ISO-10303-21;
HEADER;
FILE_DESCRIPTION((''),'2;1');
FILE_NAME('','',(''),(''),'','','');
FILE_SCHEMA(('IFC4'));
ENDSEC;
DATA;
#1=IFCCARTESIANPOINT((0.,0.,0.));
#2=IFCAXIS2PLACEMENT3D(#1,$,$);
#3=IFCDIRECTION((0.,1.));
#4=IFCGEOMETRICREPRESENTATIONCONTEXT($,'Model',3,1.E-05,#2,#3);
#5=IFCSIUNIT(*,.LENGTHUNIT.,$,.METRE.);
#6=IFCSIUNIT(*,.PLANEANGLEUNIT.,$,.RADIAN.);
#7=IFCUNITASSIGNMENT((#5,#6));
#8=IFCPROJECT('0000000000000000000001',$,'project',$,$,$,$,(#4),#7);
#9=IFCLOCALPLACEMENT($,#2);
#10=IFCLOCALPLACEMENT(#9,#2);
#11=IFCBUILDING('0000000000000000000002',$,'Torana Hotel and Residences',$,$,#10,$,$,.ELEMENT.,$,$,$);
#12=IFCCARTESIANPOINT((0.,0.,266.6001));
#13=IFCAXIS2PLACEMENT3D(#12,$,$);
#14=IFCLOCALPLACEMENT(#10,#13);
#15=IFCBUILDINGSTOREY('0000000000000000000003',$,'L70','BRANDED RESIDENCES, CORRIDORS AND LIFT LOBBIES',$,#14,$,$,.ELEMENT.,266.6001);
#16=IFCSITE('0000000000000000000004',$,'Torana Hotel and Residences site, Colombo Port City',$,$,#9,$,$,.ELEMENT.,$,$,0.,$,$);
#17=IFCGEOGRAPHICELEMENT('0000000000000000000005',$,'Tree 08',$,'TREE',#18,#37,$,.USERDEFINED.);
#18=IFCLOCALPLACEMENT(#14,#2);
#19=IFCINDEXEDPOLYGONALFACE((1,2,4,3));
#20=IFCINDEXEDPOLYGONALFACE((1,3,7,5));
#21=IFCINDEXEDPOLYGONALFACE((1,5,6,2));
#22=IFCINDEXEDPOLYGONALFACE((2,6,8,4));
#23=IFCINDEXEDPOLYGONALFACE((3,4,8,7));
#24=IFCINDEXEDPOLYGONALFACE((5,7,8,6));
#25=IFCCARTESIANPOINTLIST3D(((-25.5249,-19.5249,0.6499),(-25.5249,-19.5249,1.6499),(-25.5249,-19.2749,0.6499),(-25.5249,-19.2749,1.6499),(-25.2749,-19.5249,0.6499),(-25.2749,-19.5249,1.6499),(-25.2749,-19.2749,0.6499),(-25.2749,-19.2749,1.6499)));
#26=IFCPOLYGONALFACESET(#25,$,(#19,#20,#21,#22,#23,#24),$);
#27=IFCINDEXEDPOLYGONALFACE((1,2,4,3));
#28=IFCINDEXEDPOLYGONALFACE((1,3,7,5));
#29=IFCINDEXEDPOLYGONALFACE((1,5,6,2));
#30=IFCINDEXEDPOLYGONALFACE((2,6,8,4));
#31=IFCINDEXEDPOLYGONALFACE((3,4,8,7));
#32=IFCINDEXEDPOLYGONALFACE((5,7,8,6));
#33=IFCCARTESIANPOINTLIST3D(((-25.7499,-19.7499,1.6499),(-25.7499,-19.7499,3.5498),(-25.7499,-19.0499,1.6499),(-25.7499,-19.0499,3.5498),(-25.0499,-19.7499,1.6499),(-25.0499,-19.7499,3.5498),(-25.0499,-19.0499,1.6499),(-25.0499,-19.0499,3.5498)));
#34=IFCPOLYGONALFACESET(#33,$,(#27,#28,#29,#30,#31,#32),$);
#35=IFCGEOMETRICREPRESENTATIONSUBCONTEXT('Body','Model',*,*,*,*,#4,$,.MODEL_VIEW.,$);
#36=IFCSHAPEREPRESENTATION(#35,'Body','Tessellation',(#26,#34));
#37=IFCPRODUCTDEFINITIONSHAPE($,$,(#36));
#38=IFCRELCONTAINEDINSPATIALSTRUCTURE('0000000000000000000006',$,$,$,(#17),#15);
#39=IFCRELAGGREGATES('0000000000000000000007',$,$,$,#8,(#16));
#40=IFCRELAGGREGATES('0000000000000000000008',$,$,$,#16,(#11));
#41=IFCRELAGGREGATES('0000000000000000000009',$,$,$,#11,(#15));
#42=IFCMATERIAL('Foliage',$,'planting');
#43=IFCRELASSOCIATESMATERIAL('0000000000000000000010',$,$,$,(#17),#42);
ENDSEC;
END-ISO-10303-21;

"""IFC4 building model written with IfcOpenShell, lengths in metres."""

from ifc_helpers import new_model, si_unit, direction, frame, origin, origin_2d, place, context, subcontext, project, spatial, rectangle, extrude, material, element, save


model = new_model("IFC4")

# Units and contexts
model_context = context("Model", 3, precision=1e-05, world=origin(), true_north=direction((0.0, 1.0)))
body_context = subcontext(model_context, "Body", "Model", "MODEL_VIEW")
ifc_project = project(units=[si_unit("LENGTHUNIT", "METRE"), si_unit("PLANEANGLEUNIT", "RADIAN")], contexts=[model_context])

# Site, building, storey
site_placement = place(None, origin())
site = spatial("IfcSite", under=ifc_project, at=site_placement, Name="Torana Hotel and Residences site, Colombo Port City", CompositionType="ELEMENT", RefElevation=0.0)
building_placement = place(site_placement, origin())
building = spatial("IfcBuilding", under=site, at=building_placement, Name="Torana Hotel and Residences", CompositionType="ELEMENT")
storey_placement = place(building_placement, frame((0.0, 0.0, 266.6001)))
storey = spatial("IfcBuildingStorey", under=building, at=storey_placement, Name="L70", Description="BRANDED RESIDENCES, CORRIDORS AND LIFT LOBBIES", CompositionType="ELEMENT", Elevation=266.6001)

# Geographic element
ifc_material_1 = material(Name="Foliage", Category="planting")
geographic_element_placement = place(storey_placement, frame((-25.3999, -19.3999, 0.6499), z_axis=(0.0, 0.0, 1.0), x_axis=(1.0, 0.0, 0.0)))
element("IfcGeographicElement", 1, at=geographic_element_placement, inside=storey, material=ifc_material_1, Name="Tree 08", ObjectType="TREE", PredefinedType="USERDEFINED", context=body_context, shape_type="SweptSolid", body=[
    extrude(rectangle(XDim=0.25, YDim=0.25, at=origin_2d()), origin(), (0.0, 0.0, 1.0), 1.0),
    extrude(rectangle(XDim=0.7, YDim=0.7, at=origin_2d()), frame((0.0, 0.0, 1.0)), (0.0, 0.0, 1.0), 1.8999),
])

save(model, "model.ifc")
